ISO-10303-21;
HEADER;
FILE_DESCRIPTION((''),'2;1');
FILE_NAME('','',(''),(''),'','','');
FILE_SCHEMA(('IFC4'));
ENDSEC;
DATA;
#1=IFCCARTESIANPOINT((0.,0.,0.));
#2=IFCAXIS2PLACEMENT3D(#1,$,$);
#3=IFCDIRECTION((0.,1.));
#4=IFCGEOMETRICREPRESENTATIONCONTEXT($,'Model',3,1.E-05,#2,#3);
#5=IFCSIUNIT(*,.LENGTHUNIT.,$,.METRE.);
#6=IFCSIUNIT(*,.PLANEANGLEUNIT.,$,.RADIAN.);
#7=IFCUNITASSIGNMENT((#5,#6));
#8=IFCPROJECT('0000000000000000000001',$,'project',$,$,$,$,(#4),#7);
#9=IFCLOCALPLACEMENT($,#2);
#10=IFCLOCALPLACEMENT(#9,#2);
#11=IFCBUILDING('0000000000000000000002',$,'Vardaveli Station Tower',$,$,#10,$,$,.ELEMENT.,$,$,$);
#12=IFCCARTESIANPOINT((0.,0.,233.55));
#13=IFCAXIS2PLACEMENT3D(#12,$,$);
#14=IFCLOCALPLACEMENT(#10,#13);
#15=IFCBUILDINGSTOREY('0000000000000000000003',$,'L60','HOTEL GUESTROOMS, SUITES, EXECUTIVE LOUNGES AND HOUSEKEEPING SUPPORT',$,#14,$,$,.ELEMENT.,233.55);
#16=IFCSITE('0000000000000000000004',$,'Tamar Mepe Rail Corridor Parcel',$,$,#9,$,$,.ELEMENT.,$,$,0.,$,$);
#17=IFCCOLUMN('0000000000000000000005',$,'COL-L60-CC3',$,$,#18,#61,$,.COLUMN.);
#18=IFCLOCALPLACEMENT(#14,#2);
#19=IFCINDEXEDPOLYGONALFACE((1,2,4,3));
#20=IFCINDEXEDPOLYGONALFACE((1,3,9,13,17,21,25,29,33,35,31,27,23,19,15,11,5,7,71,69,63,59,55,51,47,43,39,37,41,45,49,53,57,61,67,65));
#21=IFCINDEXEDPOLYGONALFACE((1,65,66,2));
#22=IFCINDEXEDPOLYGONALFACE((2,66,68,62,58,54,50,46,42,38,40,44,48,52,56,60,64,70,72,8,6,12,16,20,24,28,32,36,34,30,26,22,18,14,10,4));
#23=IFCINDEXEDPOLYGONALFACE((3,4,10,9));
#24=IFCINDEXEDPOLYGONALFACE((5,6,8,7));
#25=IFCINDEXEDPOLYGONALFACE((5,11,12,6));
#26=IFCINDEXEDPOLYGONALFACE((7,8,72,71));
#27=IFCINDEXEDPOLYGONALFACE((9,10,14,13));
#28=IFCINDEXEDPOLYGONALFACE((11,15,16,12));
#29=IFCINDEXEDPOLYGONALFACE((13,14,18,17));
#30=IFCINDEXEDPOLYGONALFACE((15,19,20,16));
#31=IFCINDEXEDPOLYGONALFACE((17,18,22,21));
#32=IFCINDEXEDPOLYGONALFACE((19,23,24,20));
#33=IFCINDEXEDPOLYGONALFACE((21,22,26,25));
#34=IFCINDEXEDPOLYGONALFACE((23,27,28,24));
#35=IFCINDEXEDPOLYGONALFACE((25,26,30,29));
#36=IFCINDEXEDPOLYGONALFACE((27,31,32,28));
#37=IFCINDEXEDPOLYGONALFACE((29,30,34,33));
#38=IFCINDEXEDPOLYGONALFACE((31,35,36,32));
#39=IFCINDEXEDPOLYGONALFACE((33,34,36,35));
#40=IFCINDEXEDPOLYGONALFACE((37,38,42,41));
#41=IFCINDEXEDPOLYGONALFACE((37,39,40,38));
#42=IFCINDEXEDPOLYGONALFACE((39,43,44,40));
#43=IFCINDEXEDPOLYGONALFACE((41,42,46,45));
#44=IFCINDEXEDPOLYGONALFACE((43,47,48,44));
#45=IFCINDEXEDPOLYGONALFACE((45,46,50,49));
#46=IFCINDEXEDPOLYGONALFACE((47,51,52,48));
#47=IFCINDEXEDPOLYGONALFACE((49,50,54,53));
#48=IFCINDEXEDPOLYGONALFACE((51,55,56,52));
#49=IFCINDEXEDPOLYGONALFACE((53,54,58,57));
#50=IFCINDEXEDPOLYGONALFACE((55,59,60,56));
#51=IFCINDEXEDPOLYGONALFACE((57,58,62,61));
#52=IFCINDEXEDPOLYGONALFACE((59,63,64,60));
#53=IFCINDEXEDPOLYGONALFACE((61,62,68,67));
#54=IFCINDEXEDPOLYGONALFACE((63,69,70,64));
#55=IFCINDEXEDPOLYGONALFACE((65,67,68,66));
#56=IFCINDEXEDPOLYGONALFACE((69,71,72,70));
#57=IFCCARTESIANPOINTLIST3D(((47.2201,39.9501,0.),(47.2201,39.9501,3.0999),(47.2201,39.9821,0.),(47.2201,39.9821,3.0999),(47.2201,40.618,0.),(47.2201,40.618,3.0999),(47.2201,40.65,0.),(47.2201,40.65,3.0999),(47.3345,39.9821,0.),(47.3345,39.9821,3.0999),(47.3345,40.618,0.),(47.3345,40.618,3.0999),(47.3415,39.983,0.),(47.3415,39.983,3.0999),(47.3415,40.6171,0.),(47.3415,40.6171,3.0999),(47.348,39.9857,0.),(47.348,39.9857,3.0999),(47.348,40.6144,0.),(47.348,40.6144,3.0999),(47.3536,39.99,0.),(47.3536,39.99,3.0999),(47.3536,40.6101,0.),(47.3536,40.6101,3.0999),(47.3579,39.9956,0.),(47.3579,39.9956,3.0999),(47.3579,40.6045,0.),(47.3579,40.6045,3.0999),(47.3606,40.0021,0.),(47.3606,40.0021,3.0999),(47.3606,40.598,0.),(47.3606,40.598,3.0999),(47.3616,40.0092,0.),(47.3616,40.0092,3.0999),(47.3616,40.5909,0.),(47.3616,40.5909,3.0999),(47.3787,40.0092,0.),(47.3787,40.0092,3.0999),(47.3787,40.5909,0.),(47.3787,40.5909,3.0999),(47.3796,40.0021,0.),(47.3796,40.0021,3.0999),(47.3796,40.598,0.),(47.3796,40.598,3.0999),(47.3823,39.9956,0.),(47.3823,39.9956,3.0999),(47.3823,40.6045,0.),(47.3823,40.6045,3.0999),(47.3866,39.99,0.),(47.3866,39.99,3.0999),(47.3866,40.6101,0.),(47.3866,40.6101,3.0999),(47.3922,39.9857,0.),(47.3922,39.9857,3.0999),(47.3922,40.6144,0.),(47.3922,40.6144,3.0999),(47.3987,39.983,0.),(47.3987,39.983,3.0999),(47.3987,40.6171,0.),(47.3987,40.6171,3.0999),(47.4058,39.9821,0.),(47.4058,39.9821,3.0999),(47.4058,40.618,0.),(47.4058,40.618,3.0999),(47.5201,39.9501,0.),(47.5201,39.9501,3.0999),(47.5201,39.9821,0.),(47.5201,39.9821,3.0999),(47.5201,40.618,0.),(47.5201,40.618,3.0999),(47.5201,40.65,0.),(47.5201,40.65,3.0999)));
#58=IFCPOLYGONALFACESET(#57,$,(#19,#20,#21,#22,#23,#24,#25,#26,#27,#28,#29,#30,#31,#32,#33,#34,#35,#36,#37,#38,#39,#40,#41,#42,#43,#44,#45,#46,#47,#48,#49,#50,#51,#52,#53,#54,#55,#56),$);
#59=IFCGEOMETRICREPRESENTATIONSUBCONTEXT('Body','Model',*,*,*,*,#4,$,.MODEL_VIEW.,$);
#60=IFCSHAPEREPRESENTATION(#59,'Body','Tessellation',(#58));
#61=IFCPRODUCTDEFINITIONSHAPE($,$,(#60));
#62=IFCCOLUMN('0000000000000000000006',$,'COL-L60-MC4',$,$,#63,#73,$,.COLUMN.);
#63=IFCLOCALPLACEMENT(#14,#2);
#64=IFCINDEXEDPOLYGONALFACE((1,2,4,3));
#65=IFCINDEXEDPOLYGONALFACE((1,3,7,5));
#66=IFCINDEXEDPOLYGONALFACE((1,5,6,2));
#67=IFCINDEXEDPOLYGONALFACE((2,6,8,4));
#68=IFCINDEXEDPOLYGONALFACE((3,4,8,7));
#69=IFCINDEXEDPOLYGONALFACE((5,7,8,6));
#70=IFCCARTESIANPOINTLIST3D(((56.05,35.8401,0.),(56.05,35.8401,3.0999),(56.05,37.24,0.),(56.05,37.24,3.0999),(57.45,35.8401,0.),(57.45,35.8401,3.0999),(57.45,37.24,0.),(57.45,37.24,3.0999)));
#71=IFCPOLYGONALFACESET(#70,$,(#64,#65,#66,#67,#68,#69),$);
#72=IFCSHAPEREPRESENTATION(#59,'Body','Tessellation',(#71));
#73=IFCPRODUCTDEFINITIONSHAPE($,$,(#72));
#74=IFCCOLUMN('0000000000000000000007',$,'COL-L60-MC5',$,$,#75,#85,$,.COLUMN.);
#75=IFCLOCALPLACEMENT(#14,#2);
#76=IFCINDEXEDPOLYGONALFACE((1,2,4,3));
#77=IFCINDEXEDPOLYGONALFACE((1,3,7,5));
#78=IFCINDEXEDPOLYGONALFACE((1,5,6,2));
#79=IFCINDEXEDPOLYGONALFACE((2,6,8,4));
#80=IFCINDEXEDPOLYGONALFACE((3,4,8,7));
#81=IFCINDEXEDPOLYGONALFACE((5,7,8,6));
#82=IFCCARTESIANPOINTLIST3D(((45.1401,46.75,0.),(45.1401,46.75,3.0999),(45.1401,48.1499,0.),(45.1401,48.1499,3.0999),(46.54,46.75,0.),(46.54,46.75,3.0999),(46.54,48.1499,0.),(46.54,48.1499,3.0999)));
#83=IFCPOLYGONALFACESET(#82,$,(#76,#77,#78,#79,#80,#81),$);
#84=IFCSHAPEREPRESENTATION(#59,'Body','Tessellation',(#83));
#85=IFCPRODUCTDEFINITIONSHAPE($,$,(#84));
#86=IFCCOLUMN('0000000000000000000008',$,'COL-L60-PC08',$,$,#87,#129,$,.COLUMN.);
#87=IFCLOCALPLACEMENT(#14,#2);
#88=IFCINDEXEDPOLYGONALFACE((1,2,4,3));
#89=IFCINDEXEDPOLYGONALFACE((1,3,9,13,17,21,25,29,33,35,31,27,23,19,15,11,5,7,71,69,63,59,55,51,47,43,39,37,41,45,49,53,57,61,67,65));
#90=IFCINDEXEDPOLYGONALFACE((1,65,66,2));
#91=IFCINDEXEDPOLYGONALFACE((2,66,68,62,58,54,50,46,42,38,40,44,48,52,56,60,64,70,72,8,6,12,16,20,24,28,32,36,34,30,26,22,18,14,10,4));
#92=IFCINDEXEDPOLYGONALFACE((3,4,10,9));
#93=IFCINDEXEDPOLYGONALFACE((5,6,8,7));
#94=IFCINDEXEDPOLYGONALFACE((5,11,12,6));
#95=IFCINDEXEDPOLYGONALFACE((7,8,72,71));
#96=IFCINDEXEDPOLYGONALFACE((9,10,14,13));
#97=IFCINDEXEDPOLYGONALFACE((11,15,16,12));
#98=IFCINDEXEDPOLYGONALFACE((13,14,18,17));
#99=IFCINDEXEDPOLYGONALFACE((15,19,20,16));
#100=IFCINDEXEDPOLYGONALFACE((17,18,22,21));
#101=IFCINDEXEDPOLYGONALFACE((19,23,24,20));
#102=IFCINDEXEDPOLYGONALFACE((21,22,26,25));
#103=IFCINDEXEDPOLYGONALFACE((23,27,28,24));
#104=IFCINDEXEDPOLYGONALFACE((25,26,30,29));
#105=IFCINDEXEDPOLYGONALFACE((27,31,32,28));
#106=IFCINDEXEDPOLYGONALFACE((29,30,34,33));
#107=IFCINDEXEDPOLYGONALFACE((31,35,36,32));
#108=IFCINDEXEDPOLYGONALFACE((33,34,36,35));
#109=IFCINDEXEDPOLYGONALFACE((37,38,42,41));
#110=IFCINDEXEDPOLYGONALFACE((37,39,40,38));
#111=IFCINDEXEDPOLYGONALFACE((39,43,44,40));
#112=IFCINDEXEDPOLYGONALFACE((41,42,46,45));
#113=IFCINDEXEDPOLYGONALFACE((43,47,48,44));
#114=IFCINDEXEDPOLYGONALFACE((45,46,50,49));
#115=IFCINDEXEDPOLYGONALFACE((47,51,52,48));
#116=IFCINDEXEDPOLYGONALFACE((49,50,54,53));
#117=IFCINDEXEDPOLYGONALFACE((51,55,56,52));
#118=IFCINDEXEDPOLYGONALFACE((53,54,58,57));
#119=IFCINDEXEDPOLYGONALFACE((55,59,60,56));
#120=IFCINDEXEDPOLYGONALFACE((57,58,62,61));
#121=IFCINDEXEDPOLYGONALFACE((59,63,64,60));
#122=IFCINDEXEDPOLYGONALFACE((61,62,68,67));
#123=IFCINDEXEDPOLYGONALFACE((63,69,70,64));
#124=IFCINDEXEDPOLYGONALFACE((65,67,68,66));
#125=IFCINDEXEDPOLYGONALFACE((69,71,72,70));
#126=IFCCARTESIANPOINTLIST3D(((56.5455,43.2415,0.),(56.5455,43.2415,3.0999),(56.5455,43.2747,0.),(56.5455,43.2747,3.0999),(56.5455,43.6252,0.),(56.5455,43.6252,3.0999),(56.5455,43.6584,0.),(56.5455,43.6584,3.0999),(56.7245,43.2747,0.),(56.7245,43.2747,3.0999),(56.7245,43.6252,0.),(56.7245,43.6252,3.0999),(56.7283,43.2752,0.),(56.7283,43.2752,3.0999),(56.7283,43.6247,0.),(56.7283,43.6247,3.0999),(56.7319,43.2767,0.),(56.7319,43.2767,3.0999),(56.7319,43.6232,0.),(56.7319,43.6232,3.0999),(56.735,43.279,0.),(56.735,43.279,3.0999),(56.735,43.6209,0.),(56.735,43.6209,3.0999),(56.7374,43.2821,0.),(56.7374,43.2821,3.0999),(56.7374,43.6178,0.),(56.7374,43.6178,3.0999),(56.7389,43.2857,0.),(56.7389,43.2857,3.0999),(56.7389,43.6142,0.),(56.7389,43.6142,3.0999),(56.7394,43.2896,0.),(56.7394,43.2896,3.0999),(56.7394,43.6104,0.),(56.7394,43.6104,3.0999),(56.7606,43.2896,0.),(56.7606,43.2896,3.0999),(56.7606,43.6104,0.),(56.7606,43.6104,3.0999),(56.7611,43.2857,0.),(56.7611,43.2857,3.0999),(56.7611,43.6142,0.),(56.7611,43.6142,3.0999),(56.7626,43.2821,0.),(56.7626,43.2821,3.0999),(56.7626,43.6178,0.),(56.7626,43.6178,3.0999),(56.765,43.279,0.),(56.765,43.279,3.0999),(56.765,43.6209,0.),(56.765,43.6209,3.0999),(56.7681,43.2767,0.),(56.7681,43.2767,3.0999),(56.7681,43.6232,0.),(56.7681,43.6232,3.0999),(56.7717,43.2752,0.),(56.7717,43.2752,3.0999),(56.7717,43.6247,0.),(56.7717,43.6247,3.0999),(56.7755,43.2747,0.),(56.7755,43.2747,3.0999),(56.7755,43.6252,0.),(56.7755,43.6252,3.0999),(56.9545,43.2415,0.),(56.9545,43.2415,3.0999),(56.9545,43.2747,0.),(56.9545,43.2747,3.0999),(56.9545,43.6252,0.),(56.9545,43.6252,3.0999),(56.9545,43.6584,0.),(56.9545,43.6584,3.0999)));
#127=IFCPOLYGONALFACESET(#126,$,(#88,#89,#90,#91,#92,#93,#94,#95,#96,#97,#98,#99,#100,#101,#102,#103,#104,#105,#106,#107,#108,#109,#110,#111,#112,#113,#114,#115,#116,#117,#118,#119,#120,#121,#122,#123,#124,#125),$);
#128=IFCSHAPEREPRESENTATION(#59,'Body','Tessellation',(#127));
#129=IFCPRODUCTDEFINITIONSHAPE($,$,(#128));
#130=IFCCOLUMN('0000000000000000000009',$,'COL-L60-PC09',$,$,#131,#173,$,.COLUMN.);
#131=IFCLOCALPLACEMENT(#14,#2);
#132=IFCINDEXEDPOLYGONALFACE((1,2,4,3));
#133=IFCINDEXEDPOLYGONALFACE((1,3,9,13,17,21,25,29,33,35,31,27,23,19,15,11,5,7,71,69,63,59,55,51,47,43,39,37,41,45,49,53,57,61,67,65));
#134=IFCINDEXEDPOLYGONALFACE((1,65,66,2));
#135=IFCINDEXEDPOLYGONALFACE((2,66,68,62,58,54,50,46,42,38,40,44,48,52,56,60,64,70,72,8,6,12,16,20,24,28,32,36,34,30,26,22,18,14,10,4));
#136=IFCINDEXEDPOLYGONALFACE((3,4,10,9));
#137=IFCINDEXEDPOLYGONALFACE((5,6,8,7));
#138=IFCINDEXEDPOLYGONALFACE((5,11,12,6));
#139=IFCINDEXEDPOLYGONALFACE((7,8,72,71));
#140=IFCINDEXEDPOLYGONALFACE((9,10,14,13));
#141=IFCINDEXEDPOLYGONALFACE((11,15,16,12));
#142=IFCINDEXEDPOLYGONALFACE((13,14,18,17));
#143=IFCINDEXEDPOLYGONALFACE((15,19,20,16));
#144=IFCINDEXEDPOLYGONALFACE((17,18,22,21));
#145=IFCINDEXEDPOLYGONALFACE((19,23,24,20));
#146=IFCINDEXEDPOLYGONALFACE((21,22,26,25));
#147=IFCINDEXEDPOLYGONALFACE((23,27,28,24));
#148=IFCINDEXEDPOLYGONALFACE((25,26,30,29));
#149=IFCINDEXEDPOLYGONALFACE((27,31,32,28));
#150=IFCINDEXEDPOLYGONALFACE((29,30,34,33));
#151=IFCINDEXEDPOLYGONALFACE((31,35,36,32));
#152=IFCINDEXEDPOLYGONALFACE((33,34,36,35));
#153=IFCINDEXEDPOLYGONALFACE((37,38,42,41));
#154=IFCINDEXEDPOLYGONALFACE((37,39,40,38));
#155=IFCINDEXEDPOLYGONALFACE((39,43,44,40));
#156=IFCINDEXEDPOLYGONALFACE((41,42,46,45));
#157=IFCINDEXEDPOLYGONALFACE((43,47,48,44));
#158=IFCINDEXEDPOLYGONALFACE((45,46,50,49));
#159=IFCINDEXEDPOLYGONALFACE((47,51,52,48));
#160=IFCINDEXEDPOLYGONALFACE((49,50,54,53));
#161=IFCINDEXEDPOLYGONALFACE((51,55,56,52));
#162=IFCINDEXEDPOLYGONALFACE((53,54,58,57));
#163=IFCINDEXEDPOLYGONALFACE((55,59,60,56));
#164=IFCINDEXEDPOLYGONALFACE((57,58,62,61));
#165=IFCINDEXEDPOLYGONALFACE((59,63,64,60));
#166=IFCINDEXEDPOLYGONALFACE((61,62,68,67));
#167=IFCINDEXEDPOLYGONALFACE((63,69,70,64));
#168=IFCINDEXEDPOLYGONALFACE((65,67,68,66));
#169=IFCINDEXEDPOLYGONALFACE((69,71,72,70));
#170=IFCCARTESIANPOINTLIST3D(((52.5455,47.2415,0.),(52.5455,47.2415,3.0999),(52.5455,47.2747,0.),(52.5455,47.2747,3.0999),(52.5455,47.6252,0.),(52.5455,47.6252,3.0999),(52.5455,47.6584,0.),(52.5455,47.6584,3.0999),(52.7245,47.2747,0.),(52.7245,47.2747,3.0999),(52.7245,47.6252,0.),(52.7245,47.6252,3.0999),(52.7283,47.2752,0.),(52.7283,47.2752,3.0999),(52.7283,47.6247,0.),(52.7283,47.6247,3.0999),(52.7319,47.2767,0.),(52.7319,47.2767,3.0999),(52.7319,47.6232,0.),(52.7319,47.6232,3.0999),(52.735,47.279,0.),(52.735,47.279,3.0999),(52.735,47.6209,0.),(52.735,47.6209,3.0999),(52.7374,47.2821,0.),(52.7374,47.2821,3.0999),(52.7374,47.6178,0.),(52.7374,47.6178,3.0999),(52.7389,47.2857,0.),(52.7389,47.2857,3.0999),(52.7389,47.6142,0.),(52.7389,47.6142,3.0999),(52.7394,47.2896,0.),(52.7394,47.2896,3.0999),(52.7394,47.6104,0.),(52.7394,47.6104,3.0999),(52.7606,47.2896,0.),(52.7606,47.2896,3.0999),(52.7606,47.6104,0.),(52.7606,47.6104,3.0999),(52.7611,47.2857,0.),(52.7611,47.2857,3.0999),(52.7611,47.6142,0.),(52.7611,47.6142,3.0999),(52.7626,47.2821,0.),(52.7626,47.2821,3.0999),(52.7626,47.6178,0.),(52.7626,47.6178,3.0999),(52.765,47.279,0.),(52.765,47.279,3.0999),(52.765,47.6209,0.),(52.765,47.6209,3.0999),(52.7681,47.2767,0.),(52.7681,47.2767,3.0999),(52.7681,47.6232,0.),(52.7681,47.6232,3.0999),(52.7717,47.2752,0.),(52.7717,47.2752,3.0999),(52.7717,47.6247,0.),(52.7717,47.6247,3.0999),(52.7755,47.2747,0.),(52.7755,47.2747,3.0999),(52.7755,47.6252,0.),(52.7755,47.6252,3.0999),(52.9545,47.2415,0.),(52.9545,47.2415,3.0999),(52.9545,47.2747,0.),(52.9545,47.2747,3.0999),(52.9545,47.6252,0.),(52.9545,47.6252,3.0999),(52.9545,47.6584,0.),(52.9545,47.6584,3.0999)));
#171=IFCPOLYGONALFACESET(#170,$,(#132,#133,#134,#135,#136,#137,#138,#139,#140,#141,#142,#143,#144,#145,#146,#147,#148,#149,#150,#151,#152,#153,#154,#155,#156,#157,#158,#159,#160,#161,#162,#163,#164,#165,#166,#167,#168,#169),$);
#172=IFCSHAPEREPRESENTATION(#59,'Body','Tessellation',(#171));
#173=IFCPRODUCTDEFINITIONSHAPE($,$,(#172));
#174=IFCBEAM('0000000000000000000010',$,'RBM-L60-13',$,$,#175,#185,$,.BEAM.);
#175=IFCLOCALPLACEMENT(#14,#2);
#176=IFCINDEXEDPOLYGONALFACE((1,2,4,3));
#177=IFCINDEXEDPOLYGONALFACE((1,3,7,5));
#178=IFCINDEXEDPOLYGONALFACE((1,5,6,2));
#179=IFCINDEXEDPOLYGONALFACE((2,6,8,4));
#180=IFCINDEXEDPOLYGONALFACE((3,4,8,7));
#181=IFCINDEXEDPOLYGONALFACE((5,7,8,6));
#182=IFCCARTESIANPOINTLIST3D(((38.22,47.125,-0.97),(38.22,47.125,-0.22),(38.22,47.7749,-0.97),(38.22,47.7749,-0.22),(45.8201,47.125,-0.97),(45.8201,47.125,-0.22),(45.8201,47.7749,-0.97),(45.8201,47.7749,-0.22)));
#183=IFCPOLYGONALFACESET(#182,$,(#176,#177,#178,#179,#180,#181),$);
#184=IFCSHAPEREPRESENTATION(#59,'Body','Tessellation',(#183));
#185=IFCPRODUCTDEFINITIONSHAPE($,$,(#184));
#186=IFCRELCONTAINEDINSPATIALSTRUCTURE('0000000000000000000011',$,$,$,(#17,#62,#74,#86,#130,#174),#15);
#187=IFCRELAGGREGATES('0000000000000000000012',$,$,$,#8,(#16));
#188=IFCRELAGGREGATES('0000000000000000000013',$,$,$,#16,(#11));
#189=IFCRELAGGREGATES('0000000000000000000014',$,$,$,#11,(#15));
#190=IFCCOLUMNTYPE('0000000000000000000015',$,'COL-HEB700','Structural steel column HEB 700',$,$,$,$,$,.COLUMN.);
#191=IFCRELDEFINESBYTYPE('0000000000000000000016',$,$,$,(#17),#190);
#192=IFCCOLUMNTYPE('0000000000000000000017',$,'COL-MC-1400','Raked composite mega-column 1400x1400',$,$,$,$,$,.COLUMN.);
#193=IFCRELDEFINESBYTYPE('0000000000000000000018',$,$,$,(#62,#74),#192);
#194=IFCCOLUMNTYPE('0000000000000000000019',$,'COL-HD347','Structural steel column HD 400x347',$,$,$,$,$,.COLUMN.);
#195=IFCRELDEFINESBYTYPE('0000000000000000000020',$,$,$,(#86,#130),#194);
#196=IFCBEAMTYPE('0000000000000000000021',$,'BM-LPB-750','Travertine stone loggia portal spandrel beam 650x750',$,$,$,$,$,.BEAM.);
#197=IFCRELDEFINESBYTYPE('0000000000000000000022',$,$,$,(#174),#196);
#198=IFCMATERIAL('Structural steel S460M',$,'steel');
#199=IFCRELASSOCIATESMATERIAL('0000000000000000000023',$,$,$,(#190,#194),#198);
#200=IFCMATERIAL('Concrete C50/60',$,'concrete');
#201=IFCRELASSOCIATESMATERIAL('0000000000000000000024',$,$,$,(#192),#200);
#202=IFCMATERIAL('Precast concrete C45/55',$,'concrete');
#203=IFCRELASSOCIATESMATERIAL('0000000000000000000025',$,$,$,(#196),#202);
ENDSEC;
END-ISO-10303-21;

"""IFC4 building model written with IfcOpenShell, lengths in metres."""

from ifc_helpers import new_model, si_unit, direction, frame, origin, origin_2d, place, context, subcontext, project, spatial, rectangle, i_section, extrude, source, transform, mapped, material, material_profile, profile_set, type_object, element, save


model = new_model("IFC4")

# Units and contexts
model_context = context("Model", 3, precision=1e-05, world=origin(), true_north=direction((0.0, 1.0)))
body_context = subcontext(model_context, "Body", "Model", "MODEL_VIEW")
ifc_project = project(units=[si_unit("LENGTHUNIT", "METRE"), si_unit("PLANEANGLEUNIT", "RADIAN")], contexts=[model_context])

# Site, building, storey
site_placement = place(None, origin())
site = spatial("IfcSite", under=ifc_project, at=site_placement, Name="Tamar Mepe Rail Corridor Parcel", CompositionType="ELEMENT", RefElevation=0.0)
building_placement = place(site_placement, origin())
building = spatial("IfcBuilding", under=site, at=building_placement, Name="Vardaveli Station Tower", CompositionType="ELEMENT")
storey_placement = place(building_placement, frame((0.0, 0.0, 233.55)))
storey = spatial("IfcBuildingStorey", under=building, at=storey_placement, Name="L60", Description="HOTEL GUESTROOMS, SUITES, EXECUTIVE LOUNGES AND HOUSEKEEPING SUPPORT", CompositionType="ELEMENT", Elevation=233.55)

# Columns
ifc_material_1 = material(Name="Structural steel S460M", Category="steel")
ifc_material_profile_1 = material_profile(ifc_material_1, i_section(OverallWidth=0.3, OverallDepth=0.7, WebThickness=0.0171, FlangeThickness=0.032, FilletRadius=0.0271, at=origin_2d()), Name="HEB 700")
ifc_profile_set_1 = profile_set([ifc_material_profile_1], Name="Structural steel S460M")
column_type_1 = type_object("IfcColumnType", Name="COL-HEB700", Description="Structural steel column HEB 700", PredefinedType="COLUMN", material=ifc_profile_set_1)
shared_shape_1 = source(origin(), body_context, "Body", "SweptSolid", [
    extrude(i_section(OverallWidth=0.3, OverallDepth=0.7, WebThickness=0.0171, FlangeThickness=0.032, FilletRadius=0.0271, at=origin_2d()), origin(), (0.0, 0.0, 1.0), 3.0999),
])
column_placement = place(storey_placement, frame((47.3701, 40.3, 0.0), z_axis=(0.0, 0.0, 1.0), x_axis=(1.0, 0.0, 0.0)))
element("IfcColumn", 1, at=column_placement, inside=storey, type_object=column_type_1, Name="COL-L60-CC3", PredefinedType="COLUMN", context=body_context, shape_type="MappedRepresentation", body=[
    mapped(shared_shape_1, transform((0.0, 0.0, 0.0), scale=1.0)),
])
ifc_material_2 = material(Name="Concrete C50/60", Category="concrete")
ifc_material_profile_2 = material_profile(ifc_material_2, rectangle(XDim=1.3999, YDim=1.3999, at=origin_2d()), Name="MC 1400x1400")
ifc_profile_set_2 = profile_set([ifc_material_profile_2], Name="Concrete C50/60")
column_type_2 = type_object("IfcColumnType", Name="COL-MC-1400", Description="Raked composite mega-column 1400x1400", PredefinedType="COLUMN", material=ifc_profile_set_2)
shared_shape_2 = source(origin(), body_context, "Body", "SweptSolid", [
    extrude(rectangle(XDim=1.3999, YDim=1.3999, at=origin_2d()), origin(), (0.0, 0.0, 1.0), 3.0999),
])
for number, where, z_axis, x_axis, name in (
    (2, (56.75, 36.54, 0.0), (0.0, 0.0, 1.0), (1.0, 0.0, 0.0), "COL-L60-MC4"),
    (3, (45.8401, 47.45, 0.0), (0.0, 0.0, 1.0), (1.0, 0.0, 0.0), "COL-L60-MC5"),
):
    element("IfcColumn", number, at=place(storey_placement, frame(where, z_axis=z_axis, x_axis=x_axis)), inside=storey, type_object=column_type_2, Name=name, PredefinedType="COLUMN", context=body_context, shape_type="MappedRepresentation", body=[
        mapped(shared_shape_2, transform((0.0, 0.0, 0.0), scale=1.0)),
    ])
ifc_material_profile_3 = material_profile(ifc_material_1, i_section(OverallWidth=0.4089, OverallDepth=0.417, WebThickness=0.0212, FlangeThickness=0.0332, FilletRadius=0.0149, at=origin_2d()), Name="HD 400x347")
ifc_profile_set_3 = profile_set([ifc_material_profile_3], Name="Structural steel S460M")
column_type_3 = type_object("IfcColumnType", Name="COL-HD347", Description="Structural steel column HD 400x347", PredefinedType="COLUMN", material=ifc_profile_set_3)
shared_shape_3 = source(origin(), body_context, "Body", "SweptSolid", [
    extrude(i_section(OverallWidth=0.4089, OverallDepth=0.417, WebThickness=0.0212, FlangeThickness=0.0332, FilletRadius=0.0149, at=origin_2d()), origin(), (0.0, 0.0, 1.0), 3.0999),
])
for number, where, z_axis, x_axis, name in (
    (4, (56.75, 43.45, 0.0), (0.0, 0.0, 1.0), (1.0, 0.0, 0.0), "COL-L60-PC08"),
    (5, (52.75, 47.45, 0.0), (0.0, 0.0, 1.0), (1.0, 0.0, 0.0), "COL-L60-PC09"),
):
    element("IfcColumn", number, at=place(storey_placement, frame(where, z_axis=z_axis, x_axis=x_axis)), inside=storey, type_object=column_type_3, Name=name, PredefinedType="COLUMN", context=body_context, shape_type="MappedRepresentation", body=[
        mapped(shared_shape_3, transform((0.0, 0.0, 0.0), scale=1.0)),
    ])

# Beam
ifc_material_3 = material(Name="Precast concrete C45/55", Category="concrete")
ifc_material_profile_4 = material_profile(ifc_material_3, rectangle(XDim=0.6499, YDim=0.75, at=origin_2d()), Name="LPB 650x750")
ifc_profile_set_4 = profile_set([ifc_material_profile_4], Name="Precast concrete C45/55")
beam_type = type_object("IfcBeamType", Name="BM-LPB-750", Description="Travertine stone loggia portal spandrel beam 650x750", PredefinedType="BEAM", material=ifc_profile_set_4)
shared_shape_4 = source(origin(), body_context, "Body", "SweptSolid", [
    extrude(rectangle(XDim=0.6499, YDim=0.75, at=origin_2d()), origin(), (0.0, 0.0, 1.0), 7.6001),
])
beam_1_placement = place(storey_placement, frame((45.8201, 47.45, -0.595), z_axis=(-1.0, 0.0, 0.0), x_axis=(0.0, -1.0, 0.0)))
element("IfcBeam", 6, at=beam_1_placement, inside=storey, type_object=beam_type, Name="RBM-L60-13", PredefinedType="BEAM", context=body_context, shape_type="MappedRepresentation", body=[
    mapped(shared_shape_4, transform((0.0, 0.0, 0.0), scale=1.0)),
])

save(model, "model.ifc")
